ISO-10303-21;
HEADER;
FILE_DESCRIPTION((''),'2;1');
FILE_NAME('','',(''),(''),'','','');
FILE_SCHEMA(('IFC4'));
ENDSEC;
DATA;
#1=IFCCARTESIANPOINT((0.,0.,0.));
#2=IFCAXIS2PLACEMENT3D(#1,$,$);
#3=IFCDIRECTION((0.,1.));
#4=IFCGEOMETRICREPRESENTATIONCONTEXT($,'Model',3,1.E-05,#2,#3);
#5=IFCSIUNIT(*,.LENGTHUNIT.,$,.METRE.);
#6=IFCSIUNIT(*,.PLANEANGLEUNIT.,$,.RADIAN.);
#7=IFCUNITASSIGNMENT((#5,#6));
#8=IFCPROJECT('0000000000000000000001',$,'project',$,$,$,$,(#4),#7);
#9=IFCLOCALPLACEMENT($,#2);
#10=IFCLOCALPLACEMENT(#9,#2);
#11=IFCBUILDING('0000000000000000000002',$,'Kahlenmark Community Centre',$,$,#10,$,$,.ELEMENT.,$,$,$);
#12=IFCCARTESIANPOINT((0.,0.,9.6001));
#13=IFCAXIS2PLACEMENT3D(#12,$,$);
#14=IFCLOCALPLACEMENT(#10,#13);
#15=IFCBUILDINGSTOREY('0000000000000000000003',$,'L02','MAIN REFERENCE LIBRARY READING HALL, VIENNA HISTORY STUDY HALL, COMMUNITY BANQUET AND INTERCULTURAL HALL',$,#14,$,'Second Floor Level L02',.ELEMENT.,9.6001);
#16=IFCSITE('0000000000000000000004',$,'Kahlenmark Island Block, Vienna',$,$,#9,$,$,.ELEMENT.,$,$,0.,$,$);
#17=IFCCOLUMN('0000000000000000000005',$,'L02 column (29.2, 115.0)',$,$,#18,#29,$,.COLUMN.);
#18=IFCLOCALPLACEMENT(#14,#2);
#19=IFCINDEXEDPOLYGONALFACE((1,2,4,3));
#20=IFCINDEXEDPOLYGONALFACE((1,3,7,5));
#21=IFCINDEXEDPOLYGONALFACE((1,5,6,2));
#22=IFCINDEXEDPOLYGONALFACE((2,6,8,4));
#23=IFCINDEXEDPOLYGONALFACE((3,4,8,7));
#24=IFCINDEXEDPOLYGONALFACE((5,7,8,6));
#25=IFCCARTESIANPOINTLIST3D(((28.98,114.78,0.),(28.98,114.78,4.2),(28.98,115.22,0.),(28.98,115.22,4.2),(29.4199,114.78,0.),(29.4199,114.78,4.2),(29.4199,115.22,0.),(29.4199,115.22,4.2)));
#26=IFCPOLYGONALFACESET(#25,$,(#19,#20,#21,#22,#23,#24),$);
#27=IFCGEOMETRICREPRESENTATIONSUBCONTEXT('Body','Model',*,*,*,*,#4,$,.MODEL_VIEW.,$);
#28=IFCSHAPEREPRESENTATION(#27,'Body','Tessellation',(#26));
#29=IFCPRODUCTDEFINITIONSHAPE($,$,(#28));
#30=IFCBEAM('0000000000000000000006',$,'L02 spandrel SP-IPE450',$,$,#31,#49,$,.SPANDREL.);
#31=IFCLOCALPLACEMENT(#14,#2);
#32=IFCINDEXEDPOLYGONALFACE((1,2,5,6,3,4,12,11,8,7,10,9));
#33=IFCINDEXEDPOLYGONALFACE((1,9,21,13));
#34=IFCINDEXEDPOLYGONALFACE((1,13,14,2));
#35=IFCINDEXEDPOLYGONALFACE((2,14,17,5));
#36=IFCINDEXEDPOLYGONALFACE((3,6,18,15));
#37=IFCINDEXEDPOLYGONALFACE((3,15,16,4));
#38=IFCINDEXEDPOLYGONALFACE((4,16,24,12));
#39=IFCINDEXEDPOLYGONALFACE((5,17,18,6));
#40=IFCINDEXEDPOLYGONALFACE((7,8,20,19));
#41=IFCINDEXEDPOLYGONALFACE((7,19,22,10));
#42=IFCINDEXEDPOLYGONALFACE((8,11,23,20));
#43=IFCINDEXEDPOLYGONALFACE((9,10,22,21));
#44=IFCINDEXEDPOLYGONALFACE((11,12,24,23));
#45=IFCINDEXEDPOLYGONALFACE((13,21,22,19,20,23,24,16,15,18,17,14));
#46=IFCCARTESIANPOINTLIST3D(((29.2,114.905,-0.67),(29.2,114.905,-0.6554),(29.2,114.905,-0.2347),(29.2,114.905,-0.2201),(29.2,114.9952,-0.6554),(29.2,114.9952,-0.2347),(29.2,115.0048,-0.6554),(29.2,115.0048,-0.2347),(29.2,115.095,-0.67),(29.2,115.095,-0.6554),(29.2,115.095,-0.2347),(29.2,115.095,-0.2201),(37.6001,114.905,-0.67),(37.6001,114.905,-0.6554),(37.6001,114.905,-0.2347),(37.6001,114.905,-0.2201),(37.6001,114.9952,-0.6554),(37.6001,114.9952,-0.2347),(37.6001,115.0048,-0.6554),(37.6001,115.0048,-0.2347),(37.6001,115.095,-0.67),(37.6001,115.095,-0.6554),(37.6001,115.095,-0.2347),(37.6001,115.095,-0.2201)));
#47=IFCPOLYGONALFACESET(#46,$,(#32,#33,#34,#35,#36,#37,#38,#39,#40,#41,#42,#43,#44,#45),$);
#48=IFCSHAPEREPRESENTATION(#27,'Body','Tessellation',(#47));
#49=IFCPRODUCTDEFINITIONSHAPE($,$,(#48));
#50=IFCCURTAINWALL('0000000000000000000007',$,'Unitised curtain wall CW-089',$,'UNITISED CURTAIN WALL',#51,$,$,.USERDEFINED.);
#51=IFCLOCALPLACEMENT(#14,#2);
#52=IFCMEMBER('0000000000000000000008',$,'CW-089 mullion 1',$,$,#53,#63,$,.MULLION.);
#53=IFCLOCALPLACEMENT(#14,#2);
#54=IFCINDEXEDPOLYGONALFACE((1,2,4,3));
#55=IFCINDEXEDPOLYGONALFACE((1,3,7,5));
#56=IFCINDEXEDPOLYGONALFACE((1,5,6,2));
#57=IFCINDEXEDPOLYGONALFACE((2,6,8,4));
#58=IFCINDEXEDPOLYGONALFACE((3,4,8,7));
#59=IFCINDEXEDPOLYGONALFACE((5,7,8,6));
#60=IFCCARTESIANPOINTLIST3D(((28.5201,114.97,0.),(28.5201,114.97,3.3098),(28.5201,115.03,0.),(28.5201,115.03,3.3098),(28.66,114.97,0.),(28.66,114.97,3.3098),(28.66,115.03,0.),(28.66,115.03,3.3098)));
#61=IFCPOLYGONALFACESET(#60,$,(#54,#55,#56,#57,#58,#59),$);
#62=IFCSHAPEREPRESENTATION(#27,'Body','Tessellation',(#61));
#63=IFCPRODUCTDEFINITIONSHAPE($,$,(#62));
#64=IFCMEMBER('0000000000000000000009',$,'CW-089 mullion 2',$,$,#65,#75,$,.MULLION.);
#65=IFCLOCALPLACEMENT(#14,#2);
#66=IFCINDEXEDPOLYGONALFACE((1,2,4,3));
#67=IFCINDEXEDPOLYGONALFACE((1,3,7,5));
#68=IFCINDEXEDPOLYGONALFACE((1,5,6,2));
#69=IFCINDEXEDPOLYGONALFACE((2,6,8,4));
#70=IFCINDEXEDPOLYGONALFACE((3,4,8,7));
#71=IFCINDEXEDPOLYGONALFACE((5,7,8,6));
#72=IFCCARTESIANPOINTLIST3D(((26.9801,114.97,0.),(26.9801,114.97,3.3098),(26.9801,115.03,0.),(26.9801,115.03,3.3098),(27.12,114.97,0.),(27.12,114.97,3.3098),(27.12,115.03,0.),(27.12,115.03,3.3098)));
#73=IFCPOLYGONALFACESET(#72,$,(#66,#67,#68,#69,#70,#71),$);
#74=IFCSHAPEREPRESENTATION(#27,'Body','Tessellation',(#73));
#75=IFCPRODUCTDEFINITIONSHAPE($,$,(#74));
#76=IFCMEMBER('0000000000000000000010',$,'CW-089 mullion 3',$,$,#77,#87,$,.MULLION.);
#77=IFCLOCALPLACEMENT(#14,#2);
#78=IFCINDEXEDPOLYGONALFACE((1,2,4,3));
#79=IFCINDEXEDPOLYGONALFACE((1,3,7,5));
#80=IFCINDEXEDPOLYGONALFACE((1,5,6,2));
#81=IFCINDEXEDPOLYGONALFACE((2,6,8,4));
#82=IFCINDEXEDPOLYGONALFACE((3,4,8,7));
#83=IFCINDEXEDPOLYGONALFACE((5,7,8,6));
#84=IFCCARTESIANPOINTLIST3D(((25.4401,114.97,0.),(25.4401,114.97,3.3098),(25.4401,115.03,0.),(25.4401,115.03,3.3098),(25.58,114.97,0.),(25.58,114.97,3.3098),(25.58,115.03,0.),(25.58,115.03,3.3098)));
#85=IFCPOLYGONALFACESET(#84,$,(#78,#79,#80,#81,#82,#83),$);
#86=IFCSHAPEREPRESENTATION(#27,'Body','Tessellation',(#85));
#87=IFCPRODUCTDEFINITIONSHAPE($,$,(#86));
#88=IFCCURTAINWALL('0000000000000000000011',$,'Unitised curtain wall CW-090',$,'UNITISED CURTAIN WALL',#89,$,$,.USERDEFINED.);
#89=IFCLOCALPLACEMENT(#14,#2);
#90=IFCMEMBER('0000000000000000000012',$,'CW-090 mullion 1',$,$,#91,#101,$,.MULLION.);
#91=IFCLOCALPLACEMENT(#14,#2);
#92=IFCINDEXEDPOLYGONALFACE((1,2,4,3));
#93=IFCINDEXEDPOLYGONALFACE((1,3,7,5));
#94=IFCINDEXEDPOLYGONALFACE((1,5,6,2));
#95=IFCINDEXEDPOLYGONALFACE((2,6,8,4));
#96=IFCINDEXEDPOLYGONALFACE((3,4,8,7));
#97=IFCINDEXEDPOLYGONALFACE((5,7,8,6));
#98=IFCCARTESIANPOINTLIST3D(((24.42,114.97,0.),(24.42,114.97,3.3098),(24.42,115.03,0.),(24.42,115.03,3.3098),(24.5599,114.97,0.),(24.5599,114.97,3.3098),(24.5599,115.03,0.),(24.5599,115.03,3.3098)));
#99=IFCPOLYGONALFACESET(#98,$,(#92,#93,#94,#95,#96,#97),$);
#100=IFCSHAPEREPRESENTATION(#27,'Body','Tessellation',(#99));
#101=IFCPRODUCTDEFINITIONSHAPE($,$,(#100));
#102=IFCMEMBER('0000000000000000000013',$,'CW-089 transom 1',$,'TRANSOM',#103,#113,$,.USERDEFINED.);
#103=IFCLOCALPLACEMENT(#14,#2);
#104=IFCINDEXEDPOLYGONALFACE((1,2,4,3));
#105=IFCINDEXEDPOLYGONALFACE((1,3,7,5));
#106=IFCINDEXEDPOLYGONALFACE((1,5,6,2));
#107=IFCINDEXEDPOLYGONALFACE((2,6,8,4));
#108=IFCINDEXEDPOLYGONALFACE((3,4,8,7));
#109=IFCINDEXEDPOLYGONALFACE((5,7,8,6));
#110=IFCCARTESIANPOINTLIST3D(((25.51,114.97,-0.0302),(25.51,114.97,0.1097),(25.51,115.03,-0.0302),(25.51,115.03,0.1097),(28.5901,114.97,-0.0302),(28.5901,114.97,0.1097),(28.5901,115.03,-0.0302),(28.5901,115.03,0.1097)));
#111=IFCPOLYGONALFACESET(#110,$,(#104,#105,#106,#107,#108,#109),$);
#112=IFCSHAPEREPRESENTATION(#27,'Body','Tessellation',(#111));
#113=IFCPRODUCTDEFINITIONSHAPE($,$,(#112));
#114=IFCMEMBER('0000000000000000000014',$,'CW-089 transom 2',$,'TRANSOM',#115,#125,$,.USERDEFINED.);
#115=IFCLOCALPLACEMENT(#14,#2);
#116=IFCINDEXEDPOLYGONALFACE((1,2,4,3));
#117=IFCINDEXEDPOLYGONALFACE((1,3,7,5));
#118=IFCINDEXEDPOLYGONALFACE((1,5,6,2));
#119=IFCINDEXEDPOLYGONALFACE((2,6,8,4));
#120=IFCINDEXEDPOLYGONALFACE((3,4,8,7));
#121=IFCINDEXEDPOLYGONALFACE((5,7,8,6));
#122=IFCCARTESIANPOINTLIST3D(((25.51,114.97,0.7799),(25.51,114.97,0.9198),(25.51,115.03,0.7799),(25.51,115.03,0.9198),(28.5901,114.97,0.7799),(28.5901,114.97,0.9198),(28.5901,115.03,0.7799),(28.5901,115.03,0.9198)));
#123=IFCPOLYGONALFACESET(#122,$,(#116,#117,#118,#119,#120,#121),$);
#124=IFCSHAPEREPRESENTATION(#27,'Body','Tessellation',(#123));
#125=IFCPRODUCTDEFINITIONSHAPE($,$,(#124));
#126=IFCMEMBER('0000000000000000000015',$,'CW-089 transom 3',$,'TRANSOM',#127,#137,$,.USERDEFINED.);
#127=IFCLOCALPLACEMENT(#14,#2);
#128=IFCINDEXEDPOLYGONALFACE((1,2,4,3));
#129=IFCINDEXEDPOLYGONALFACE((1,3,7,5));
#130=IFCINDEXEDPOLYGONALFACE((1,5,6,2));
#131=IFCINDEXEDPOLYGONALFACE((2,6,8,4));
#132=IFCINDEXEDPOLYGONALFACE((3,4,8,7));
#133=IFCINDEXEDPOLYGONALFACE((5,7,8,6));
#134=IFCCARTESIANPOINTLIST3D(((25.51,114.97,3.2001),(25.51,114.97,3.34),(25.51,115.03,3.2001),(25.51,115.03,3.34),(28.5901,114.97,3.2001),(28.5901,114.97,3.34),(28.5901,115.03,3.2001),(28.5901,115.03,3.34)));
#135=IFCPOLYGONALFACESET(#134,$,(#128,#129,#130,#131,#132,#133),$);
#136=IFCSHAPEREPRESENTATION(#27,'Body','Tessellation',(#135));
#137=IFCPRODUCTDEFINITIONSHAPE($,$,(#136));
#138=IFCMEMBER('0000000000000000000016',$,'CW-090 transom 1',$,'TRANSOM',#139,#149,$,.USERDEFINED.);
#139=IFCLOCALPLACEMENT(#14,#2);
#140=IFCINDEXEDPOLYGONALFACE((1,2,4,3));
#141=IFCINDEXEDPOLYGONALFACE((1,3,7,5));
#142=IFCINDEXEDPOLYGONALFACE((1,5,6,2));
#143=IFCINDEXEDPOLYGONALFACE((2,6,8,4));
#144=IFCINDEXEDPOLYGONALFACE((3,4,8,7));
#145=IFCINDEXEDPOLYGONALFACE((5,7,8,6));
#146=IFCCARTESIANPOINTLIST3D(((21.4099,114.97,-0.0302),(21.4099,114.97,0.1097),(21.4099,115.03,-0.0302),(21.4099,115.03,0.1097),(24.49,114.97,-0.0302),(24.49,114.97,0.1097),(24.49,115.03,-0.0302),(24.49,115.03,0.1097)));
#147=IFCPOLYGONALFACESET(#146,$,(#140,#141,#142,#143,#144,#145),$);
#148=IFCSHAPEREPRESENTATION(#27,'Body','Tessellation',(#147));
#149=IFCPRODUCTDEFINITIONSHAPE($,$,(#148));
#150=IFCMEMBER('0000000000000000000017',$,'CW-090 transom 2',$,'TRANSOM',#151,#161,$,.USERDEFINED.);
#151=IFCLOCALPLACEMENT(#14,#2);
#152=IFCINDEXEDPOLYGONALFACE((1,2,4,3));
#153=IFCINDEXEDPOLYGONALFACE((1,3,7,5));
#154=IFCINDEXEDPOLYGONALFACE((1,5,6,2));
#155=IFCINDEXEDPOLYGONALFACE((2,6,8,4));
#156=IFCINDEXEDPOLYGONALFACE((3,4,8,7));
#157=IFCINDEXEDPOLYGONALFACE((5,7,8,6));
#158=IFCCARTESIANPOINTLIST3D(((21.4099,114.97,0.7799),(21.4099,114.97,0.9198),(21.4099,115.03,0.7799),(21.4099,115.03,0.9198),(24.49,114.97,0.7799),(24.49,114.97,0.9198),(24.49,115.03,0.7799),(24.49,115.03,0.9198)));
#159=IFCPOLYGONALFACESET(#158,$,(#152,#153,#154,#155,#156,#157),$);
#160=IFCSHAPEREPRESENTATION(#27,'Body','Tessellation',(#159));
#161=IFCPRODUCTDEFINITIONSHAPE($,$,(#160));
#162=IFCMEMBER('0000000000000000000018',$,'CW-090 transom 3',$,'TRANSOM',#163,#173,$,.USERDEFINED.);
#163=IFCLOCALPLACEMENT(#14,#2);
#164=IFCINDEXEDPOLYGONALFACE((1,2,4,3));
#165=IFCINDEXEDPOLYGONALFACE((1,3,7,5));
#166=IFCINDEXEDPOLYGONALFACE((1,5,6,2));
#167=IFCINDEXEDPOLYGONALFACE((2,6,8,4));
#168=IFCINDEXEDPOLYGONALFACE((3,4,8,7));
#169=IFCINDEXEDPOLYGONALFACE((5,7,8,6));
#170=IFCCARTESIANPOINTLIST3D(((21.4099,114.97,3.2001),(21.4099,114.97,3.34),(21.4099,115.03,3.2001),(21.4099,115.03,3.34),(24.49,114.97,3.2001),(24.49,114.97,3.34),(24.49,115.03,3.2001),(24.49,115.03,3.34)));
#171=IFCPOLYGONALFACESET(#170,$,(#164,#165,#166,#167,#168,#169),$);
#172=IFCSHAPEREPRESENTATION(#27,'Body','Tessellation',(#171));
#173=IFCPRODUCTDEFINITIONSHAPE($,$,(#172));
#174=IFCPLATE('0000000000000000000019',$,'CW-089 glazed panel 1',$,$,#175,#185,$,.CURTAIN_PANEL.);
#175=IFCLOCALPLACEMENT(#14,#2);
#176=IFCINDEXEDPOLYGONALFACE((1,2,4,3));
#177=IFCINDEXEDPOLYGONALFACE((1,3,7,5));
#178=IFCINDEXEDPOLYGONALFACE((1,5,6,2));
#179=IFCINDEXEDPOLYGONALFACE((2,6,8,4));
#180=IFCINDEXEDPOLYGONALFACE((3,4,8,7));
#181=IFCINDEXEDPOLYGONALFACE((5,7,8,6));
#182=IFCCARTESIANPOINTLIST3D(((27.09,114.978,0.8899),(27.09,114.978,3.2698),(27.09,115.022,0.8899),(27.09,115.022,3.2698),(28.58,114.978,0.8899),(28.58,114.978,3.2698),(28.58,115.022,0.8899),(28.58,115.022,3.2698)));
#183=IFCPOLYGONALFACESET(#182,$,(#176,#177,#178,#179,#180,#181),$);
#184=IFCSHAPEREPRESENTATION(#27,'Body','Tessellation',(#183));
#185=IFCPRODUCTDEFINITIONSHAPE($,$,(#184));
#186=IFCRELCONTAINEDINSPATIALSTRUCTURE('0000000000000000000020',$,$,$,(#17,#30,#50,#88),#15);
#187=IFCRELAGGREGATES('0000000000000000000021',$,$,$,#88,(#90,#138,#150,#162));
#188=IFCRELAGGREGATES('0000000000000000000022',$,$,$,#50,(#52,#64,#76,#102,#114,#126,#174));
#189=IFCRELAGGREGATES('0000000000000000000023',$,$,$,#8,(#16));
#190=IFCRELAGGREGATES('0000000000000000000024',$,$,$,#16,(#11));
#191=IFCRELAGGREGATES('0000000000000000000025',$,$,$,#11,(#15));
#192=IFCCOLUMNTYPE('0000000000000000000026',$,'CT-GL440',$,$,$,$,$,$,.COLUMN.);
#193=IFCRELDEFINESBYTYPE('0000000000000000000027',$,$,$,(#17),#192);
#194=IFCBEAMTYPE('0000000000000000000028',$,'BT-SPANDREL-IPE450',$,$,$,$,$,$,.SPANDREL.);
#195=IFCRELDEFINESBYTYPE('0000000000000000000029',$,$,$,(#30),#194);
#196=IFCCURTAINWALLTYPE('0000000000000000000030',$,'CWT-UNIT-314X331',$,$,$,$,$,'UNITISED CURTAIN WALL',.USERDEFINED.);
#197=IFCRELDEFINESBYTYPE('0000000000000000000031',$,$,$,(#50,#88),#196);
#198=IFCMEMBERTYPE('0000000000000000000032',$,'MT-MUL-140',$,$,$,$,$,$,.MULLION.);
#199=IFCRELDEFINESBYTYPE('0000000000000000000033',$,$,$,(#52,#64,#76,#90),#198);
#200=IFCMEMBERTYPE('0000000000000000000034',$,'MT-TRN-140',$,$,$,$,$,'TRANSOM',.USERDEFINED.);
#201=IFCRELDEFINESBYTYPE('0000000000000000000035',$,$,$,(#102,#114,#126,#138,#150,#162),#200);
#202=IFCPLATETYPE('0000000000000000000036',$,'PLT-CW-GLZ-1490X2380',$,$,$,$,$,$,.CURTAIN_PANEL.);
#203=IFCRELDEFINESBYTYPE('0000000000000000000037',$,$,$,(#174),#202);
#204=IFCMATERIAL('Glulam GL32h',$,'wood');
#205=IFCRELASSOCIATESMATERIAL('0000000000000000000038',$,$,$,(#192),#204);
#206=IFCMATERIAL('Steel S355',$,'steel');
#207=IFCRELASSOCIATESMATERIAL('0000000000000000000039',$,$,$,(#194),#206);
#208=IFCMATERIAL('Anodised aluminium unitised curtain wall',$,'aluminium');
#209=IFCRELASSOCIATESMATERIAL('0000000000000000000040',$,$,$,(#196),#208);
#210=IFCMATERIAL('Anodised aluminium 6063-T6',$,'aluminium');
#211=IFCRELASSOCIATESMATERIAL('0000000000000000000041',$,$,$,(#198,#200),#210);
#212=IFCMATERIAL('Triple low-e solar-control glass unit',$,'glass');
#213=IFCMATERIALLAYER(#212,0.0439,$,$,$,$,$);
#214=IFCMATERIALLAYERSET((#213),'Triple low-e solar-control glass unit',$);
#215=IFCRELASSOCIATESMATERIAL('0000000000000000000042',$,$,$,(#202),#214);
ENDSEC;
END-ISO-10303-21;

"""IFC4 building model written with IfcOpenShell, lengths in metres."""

from ifc_helpers import new_model, si_unit, direction, frame, origin, origin_2d, place, context, subcontext, project, spatial, rectangle, i_section, extrude, material, layer, layer_set, material_profile, profile_set, type_object, element, aggregate, save


model = new_model("IFC4")

# Units and contexts
model_context = context("Model", 3, precision=1e-05, world=origin(), true_north=direction((0.0, 1.0)))
body_context = subcontext(model_context, "Body", "Model", "MODEL_VIEW")
ifc_project = project(units=[si_unit("LENGTHUNIT", "METRE"), si_unit("PLANEANGLEUNIT", "RADIAN")], contexts=[model_context])

# Site, building, storey
site_placement = place(None, origin())
site = spatial("IfcSite", under=ifc_project, at=site_placement, Name="Kahlenmark Island Block, Vienna", CompositionType="ELEMENT", RefElevation=0.0)
building_placement = place(site_placement, origin())
building = spatial("IfcBuilding", under=site, at=building_placement, Name="Kahlenmark Community Centre", CompositionType="ELEMENT")
storey_placement = place(building_placement, frame((0.0, 0.0, 9.6001)))
storey = spatial("IfcBuildingStorey", under=building, at=storey_placement, Name="L02", Description="MAIN REFERENCE LIBRARY READING HALL, VIENNA HISTORY STUDY HALL, COMMUNITY BANQUET AND INTERCULTURAL HALL", LongName="Second Floor Level L02", CompositionType="ELEMENT", Elevation=9.6001)

# Column
ifc_material_1 = material(Name="Glulam GL32h", Category="wood")
ifc_material_profile_1 = material_profile(ifc_material_1, rectangle(XDim=0.4399, YDim=0.4399, at=origin_2d()), Name="GL32h 440x440")
ifc_profile_set_1 = profile_set([ifc_material_profile_1], Name="Glulam GL32h")
column_type = type_object("IfcColumnType", Name="CT-GL440", PredefinedType="COLUMN", material=ifc_profile_set_1)
column_placement = place(storey_placement, frame((29.2, 115.0, 0.0), z_axis=(0.0, 0.0, 1.0), x_axis=(1.0, 0.0, 0.0)))
element("IfcColumn", 1, at=column_placement, inside=storey, type_object=column_type, Name="L02 column (29.2, 115.0)", PredefinedType="COLUMN", context=body_context, shape_type="SweptSolid", body=[
    extrude(rectangle(XDim=0.4399, YDim=0.4399, at=origin_2d()), origin(), (0.0, 0.0, 1.0), 4.2),
])

# Beam
ifc_material_2 = material(Name="Steel S355", Category="steel")
ifc_material_profile_2 = material_profile(ifc_material_2, i_section(OverallWidth=0.1899, OverallDepth=0.45, WebThickness=0.0095, FlangeThickness=0.0146, at=origin_2d()), Name="IPE 450")
ifc_profile_set_2 = profile_set([ifc_material_profile_2], Name="Steel S355")
beam_type = type_object("IfcBeamType", Name="BT-SPANDREL-IPE450", PredefinedType="SPANDREL", material=ifc_profile_set_2)
beam_placement = place(storey_placement, frame((29.2, 115.0, -0.4451), z_axis=(1.0, 0.0, 0.0), x_axis=(0.0, 1.0, 0.0)))
element("IfcBeam", 2, at=beam_placement, inside=storey, type_object=beam_type, Name="L02 spandrel SP-IPE450", PredefinedType="SPANDREL", context=body_context, shape_type="SweptSolid", body=[
    extrude(i_section(OverallWidth=0.1899, OverallDepth=0.45, WebThickness=0.0095, FlangeThickness=0.0146, at=origin_2d()), origin(), (0.0, 0.0, 1.0), 8.4001),
])

# Curtain wall, members
ifc_material_3 = material(Name="Anodised aluminium unitised curtain wall", Category="aluminium")
curtain_wall_type = type_object("IfcCurtainWallType", Name="CWT-UNIT-314X331", ElementType="UNITISED CURTAIN WALL", PredefinedType="USERDEFINED", material=ifc_material_3)
curtain_wall_1_placement = place(storey_placement, origin())
curtain_wall_1 = element("IfcCurtainWall", 3, at=curtain_wall_1_placement, inside=storey, type_object=curtain_wall_type, Name="Unitised curtain wall CW-089", ObjectType="UNITISED CURTAIN WALL", PredefinedType="USERDEFINED")
ifc_material_4 = material(Name="Anodised aluminium 6063-T6", Category="aluminium")
ifc_material_profile_3 = material_profile(ifc_material_4, rectangle(XDim=0.0601, YDim=0.1399, at=origin_2d()), Name="ALU MULLION 60x140")
ifc_profile_set_3 = profile_set([ifc_material_profile_3], Name="Anodised aluminium 6063-T6")
member_type_1 = type_object("IfcMemberType", Name="MT-MUL-140", PredefinedType="MULLION", material=ifc_profile_set_3)
member_1_placement = place(storey_placement, frame((28.5901, 115.0, 0.0), z_axis=(0.0, 0.0, 1.0), x_axis=(0.0, -1.0, 0.0)))
member_1 = element("IfcMember", 4, at=member_1_placement, type_object=member_type_1, Name="CW-089 mullion 1", PredefinedType="MULLION", context=body_context, shape_type="SweptSolid", body=[
    extrude(rectangle(XDim=0.0601, YDim=0.1399, at=origin_2d()), origin(), (0.0, 0.0, 1.0), 3.3098),
])
member_2_placement = place(storey_placement, frame((27.05, 115.0, 0.0), z_axis=(0.0, 0.0, 1.0), x_axis=(0.0, -1.0, 0.0)))
member_2 = element("IfcMember", 5, at=member_2_placement, type_object=member_type_1, Name="CW-089 mullion 2", PredefinedType="MULLION", context=body_context, shape_type="SweptSolid", body=[
    extrude(rectangle(XDim=0.0601, YDim=0.1399, at=origin_2d()), origin(), (0.0, 0.0, 1.0), 3.3098),
])
member_3_placement = place(storey_placement, frame((25.51, 115.0, 0.0), z_axis=(0.0, 0.0, 1.0), x_axis=(0.0, -1.0, 0.0)))
member_3 = element("IfcMember", 6, at=member_3_placement, type_object=member_type_1, Name="CW-089 mullion 3", PredefinedType="MULLION", context=body_context, shape_type="SweptSolid", body=[
    extrude(rectangle(XDim=0.0601, YDim=0.1399, at=origin_2d()), origin(), (0.0, 0.0, 1.0), 3.3098),
])

# Curtain wall, member
curtain_wall_2_placement = place(storey_placement, origin())
curtain_wall_2 = element("IfcCurtainWall", 7, at=curtain_wall_2_placement, inside=storey, type_object=curtain_wall_type, Name="Unitised curtain wall CW-090", ObjectType="UNITISED CURTAIN WALL", PredefinedType="USERDEFINED")
member_4_placement = place(storey_placement, frame((24.49, 115.0, 0.0), z_axis=(0.0, 0.0, 1.0), x_axis=(0.0, -1.0, 0.0)))
member_4 = element("IfcMember", 8, at=member_4_placement, type_object=member_type_1, Name="CW-090 mullion 1", PredefinedType="MULLION", context=body_context, shape_type="SweptSolid", body=[
    extrude(rectangle(XDim=0.0601, YDim=0.1399, at=origin_2d()), origin(), (0.0, 0.0, 1.0), 3.3098),
])

# Members
ifc_material_profile_4 = material_profile(ifc_material_4, rectangle(XDim=0.0601, YDim=0.1399, at=origin_2d()), Name="ALU TRANSOM 60x140")
ifc_profile_set_4 = profile_set([ifc_material_profile_4], Name="Anodised aluminium 6063-T6")
member_type_2 = type_object("IfcMemberType", Name="MT-TRN-140", ElementType="TRANSOM", PredefinedType="USERDEFINED", material=ifc_profile_set_4)
member_5_placement = place(storey_placement, frame((28.5901, 115.0, 0.0398), z_axis=(-1.0, 0.0, 0.0), x_axis=(0.0, -1.0, 0.0)))
member_5 = element("IfcMember", 9, at=member_5_placement, type_object=member_type_2, Name="CW-089 transom 1", ObjectType="TRANSOM", PredefinedType="USERDEFINED", context=body_context, shape_type="SweptSolid", body=[
    extrude(rectangle(XDim=0.0601, YDim=0.1399, at=origin_2d()), origin(), (0.0, 0.0, 1.0), 3.0801),
])
member_6_placement = place(storey_placement, frame((28.5901, 115.0, 0.8499), z_axis=(-1.0, 0.0, 0.0), x_axis=(0.0, -1.0, 0.0)))
member_6 = element("IfcMember", 10, at=member_6_placement, type_object=member_type_2, Name="CW-089 transom 2", ObjectType="TRANSOM", PredefinedType="USERDEFINED", context=body_context, shape_type="SweptSolid", body=[
    extrude(rectangle(XDim=0.0601, YDim=0.1399, at=origin_2d()), origin(), (0.0, 0.0, 1.0), 3.0801),
])
member_7_placement = place(storey_placement, frame((28.5901, 115.0, 3.27), z_axis=(-1.0, 0.0, 0.0), x_axis=(0.0, -1.0, 0.0)))
member_7 = element("IfcMember", 11, at=member_7_placement, type_object=member_type_2, Name="CW-089 transom 3", ObjectType="TRANSOM", PredefinedType="USERDEFINED", context=body_context, shape_type="SweptSolid", body=[
    extrude(rectangle(XDim=0.0601, YDim=0.1399, at=origin_2d()), origin(), (0.0, 0.0, 1.0), 3.0801),
])
member_8_placement = place(storey_placement, frame((24.49, 115.0, 0.0398), z_axis=(-1.0, 0.0, 0.0), x_axis=(0.0, -1.0, 0.0)))
member_8 = element("IfcMember", 12, at=member_8_placement, type_object=member_type_2, Name="CW-090 transom 1", ObjectType="TRANSOM", PredefinedType="USERDEFINED", context=body_context, shape_type="SweptSolid", body=[
    extrude(rectangle(XDim=0.0601, YDim=0.1399, at=origin_2d()), origin(), (0.0, 0.0, 1.0), 3.0801),
])
member_9_placement = place(storey_placement, frame((24.49, 115.0, 0.8499), z_axis=(-1.0, 0.0, 0.0), x_axis=(0.0, -1.0, 0.0)))
member_9 = element("IfcMember", 13, at=member_9_placement, type_object=member_type_2, Name="CW-090 transom 2", ObjectType="TRANSOM", PredefinedType="USERDEFINED", context=body_context, shape_type="SweptSolid", body=[
    extrude(rectangle(XDim=0.0601, YDim=0.1399, at=origin_2d()), origin(), (0.0, 0.0, 1.0), 3.0801),
])
member_10_placement = place(storey_placement, frame((24.49, 115.0, 3.27), z_axis=(-1.0, 0.0, 0.0), x_axis=(0.0, -1.0, 0.0)))
member_10 = element("IfcMember", 14, at=member_10_placement, type_object=member_type_2, Name="CW-090 transom 3", ObjectType="TRANSOM", PredefinedType="USERDEFINED", context=body_context, shape_type="SweptSolid", body=[
    extrude(rectangle(XDim=0.0601, YDim=0.1399, at=origin_2d()), origin(), (0.0, 0.0, 1.0), 3.0801),
])
aggregate(curtain_wall_2, [member_4, member_8, member_9, member_10])

# Plate
ifc_material_5 = material(Name="Triple low-e solar-control glass unit", Category="glass")
ifc_layer_1 = layer(ifc_material_5, 0.0439)
ifc_layer_set_1 = layer_set([ifc_layer_1], Name="Triple low-e solar-control glass unit")
plate_type_1 = type_object("IfcPlateType", Name="PLT-CW-GLZ-1490X2380", PredefinedType="CURTAIN_PANEL", material=ifc_layer_set_1)
plate_1_placement = place(storey_placement, frame((27.835, 115.0, 0.8899), z_axis=(0.0, 0.0, 1.0), x_axis=(-1.0, 0.0, 0.0)))
plate_1 = element("IfcPlate", 15, at=plate_1_placement, type_object=plate_type_1, Name="CW-089 glazed panel 1", PredefinedType="CURTAIN_PANEL", context=body_context, shape_type="SweptSolid", body=[
    extrude(rectangle(XDim=1.49, YDim=0.0439, at=origin_2d()), origin(), (0.0, 0.0, 1.0), 2.3799),
])
aggregate(curtain_wall_1, [member_1, member_2, member_3, member_5, member_6, member_7, plate_1])

save(model, "model.ifc")
